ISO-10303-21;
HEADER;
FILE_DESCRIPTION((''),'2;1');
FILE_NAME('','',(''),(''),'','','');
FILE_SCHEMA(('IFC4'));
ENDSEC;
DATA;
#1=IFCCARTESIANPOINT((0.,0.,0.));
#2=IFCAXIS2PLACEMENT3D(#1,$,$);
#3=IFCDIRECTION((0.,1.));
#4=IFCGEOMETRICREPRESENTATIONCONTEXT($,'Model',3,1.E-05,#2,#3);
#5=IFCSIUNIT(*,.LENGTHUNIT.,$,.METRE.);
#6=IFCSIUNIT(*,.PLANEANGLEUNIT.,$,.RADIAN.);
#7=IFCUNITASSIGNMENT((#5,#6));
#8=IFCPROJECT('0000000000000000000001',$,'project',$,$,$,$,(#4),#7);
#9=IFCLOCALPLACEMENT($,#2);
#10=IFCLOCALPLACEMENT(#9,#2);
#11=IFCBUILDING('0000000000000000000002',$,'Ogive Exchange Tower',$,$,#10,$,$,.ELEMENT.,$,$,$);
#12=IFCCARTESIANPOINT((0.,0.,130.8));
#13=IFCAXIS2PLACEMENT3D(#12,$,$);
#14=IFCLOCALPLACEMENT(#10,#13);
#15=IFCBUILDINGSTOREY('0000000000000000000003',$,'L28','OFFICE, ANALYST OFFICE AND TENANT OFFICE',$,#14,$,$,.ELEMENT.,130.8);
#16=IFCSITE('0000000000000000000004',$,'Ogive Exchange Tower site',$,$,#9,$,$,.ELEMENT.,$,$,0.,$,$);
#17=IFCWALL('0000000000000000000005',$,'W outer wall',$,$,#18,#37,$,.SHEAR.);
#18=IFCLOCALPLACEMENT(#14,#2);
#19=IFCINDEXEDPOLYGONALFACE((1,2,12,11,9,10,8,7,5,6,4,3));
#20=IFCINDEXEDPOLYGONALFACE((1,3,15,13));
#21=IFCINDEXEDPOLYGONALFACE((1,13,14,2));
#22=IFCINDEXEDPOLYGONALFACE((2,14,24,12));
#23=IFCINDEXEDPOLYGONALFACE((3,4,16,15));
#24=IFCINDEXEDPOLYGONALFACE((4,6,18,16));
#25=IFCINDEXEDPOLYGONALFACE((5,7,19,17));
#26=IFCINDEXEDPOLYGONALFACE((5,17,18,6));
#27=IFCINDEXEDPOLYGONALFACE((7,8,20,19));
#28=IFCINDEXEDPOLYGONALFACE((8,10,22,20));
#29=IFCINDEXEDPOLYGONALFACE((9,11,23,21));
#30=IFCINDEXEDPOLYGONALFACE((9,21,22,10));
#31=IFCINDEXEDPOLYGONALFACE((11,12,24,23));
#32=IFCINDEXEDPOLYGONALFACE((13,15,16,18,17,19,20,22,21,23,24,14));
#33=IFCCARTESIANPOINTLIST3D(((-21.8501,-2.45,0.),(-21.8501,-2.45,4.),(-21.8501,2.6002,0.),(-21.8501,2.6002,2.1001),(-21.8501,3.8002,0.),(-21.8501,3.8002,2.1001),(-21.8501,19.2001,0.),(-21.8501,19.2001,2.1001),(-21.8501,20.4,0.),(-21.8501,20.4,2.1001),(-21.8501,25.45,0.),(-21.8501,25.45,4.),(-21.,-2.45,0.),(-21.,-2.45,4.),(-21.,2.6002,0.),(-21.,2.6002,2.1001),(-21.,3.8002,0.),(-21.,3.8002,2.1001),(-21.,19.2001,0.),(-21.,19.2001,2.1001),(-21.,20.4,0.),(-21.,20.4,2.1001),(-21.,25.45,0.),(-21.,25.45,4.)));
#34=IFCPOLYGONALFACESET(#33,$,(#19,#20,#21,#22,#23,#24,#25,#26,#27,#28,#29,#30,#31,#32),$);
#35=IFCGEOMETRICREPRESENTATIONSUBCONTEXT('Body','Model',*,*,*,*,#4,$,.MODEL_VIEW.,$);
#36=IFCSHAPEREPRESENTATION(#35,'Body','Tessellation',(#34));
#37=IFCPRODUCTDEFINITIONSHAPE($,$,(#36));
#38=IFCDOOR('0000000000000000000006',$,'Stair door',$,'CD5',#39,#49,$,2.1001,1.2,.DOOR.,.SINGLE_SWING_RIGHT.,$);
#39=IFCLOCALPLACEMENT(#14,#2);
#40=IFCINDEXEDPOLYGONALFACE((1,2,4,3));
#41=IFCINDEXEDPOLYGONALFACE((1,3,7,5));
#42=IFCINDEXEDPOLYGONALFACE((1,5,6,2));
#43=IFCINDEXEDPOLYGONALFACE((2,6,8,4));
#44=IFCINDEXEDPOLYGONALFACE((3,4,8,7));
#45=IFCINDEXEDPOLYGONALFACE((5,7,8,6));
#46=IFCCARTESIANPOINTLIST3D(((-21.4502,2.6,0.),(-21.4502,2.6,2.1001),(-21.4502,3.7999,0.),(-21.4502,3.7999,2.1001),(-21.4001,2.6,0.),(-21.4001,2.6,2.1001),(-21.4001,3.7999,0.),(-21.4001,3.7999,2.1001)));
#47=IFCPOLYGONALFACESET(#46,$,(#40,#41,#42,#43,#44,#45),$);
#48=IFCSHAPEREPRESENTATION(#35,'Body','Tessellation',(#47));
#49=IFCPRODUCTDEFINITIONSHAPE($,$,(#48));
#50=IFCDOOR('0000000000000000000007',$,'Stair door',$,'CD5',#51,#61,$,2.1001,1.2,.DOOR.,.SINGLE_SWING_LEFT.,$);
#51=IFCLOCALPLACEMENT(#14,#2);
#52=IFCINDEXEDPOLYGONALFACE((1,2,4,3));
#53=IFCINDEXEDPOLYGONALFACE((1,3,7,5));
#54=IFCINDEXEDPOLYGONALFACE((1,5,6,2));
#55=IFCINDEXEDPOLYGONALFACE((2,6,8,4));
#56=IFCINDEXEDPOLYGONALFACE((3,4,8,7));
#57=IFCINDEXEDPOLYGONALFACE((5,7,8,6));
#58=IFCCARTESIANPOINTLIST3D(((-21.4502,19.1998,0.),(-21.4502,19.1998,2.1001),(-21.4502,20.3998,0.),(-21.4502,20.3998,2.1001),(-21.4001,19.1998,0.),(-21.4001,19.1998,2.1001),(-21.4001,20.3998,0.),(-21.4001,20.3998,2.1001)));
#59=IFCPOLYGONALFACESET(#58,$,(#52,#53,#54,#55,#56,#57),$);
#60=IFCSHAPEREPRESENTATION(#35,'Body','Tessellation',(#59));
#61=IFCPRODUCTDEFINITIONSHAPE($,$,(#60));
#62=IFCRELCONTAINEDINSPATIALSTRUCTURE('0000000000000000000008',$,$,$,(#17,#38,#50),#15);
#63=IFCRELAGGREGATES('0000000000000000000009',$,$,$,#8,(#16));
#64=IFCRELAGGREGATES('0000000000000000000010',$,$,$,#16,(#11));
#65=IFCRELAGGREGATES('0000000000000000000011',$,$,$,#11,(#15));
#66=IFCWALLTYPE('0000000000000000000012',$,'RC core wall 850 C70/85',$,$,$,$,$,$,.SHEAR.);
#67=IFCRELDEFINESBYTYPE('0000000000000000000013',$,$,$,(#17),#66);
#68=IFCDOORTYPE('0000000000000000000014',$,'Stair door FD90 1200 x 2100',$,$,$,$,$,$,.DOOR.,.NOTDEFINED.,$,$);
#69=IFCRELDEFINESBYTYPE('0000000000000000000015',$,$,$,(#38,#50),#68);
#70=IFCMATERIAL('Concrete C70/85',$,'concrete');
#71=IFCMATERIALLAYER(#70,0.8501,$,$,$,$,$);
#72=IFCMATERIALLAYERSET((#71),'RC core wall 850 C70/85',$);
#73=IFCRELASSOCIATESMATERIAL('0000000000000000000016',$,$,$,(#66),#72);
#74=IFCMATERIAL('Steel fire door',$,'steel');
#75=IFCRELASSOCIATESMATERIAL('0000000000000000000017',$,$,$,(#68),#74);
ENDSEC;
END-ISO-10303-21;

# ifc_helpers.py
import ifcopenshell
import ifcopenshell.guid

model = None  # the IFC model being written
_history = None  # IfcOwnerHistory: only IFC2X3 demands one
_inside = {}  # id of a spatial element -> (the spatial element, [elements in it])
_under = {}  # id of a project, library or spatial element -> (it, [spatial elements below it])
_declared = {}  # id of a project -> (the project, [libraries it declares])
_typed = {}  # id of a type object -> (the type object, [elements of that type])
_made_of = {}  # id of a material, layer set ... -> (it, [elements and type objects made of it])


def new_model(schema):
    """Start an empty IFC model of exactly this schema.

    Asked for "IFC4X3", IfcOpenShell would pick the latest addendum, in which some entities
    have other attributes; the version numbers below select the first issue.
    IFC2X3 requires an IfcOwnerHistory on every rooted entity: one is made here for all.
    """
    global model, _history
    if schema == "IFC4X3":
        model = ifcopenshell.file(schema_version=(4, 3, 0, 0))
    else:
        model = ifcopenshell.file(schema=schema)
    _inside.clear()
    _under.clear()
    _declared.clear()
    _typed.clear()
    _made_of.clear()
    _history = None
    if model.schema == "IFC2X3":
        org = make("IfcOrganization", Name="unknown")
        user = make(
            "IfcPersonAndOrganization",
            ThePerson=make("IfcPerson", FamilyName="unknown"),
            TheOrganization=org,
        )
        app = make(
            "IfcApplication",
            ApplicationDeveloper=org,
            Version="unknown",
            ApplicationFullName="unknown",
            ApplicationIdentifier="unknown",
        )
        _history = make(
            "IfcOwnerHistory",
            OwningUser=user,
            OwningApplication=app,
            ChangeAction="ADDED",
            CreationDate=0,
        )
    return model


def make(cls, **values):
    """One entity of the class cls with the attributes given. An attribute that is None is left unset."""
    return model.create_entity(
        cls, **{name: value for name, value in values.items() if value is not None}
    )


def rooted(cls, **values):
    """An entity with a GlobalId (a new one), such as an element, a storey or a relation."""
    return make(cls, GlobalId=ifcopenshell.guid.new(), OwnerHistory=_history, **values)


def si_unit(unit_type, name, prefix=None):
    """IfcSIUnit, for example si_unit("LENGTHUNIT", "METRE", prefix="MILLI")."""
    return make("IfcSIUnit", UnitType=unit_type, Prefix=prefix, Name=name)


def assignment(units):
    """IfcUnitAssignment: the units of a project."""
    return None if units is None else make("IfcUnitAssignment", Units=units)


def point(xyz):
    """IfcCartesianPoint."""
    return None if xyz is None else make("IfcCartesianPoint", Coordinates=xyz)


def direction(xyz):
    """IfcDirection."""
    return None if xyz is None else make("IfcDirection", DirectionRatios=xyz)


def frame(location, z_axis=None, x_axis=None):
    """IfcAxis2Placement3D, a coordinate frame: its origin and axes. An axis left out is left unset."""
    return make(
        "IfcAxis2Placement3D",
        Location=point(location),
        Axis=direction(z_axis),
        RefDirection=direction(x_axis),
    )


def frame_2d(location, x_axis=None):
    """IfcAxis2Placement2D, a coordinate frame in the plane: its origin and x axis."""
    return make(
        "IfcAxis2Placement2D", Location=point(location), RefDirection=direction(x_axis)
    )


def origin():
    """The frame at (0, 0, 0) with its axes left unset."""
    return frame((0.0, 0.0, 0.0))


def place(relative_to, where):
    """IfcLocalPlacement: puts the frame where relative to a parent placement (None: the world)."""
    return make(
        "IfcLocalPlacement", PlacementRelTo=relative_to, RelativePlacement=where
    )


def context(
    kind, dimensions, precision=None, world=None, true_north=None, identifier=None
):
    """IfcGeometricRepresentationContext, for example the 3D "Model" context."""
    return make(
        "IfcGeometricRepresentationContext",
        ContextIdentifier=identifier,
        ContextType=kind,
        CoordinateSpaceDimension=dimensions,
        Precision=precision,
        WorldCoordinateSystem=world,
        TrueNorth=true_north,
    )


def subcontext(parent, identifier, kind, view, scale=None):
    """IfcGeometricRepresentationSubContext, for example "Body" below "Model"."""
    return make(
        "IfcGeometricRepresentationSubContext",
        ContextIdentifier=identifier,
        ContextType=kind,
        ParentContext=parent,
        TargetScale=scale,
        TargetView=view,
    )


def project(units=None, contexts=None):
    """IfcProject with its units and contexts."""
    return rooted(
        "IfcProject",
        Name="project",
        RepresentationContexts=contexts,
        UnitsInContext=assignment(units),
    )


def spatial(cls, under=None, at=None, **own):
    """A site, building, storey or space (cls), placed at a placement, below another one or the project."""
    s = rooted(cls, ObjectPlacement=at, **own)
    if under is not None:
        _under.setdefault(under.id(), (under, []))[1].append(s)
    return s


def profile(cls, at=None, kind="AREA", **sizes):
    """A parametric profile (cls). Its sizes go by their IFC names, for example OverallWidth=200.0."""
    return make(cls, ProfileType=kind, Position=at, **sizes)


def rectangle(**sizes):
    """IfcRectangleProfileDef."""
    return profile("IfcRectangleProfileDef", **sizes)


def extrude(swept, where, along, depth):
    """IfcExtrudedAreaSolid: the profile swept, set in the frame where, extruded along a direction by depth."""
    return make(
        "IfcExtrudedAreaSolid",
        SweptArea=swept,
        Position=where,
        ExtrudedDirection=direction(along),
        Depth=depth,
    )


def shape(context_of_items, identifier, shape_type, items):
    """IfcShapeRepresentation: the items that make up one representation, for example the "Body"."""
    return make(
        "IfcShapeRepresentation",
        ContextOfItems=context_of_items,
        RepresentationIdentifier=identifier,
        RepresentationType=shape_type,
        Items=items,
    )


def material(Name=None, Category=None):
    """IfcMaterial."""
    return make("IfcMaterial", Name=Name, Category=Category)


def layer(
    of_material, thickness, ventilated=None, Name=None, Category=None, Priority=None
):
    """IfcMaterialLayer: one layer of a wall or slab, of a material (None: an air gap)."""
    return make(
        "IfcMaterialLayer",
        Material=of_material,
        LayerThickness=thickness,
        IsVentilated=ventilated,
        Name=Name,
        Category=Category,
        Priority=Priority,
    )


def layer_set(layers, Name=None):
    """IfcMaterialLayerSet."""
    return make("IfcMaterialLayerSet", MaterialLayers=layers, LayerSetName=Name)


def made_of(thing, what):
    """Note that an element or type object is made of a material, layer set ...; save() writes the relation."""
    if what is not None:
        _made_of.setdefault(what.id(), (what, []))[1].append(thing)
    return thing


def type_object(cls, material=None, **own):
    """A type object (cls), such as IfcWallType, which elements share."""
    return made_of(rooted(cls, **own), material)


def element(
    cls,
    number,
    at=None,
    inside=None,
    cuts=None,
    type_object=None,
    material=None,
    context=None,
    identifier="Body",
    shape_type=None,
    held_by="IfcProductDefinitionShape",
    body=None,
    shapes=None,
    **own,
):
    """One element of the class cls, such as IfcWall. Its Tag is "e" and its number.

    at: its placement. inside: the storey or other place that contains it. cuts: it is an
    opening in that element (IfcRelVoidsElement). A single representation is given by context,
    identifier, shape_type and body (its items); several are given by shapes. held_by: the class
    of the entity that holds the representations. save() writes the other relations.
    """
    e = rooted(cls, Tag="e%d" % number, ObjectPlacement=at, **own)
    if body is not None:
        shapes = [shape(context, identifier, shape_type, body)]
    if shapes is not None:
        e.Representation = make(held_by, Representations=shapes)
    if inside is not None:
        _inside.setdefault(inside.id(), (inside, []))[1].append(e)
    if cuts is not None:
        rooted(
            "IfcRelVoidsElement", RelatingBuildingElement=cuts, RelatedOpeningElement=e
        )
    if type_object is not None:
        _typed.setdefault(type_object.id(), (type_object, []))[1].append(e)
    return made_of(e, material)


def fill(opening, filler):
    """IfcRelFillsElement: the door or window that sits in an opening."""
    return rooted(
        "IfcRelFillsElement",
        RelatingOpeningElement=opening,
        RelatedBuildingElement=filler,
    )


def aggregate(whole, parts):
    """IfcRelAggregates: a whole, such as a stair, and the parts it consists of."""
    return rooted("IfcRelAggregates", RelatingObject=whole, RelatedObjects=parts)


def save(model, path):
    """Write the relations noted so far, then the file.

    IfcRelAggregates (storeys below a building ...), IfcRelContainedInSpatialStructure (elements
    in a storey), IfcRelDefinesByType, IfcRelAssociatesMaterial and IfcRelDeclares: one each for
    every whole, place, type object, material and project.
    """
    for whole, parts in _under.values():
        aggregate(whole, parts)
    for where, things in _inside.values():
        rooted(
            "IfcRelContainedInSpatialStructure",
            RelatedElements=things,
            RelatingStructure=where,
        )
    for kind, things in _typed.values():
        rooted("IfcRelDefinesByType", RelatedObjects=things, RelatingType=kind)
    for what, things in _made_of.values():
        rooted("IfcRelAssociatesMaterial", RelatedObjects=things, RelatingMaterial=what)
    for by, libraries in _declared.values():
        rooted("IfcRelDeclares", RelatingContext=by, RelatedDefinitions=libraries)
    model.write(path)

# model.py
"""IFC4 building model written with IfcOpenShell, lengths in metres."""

from ifc_helpers import new_model, si_unit, direction, frame, frame_2d, origin, place, context, subcontext, project, spatial, rectangle, extrude, material, layer, layer_set, type_object, element, fill, save


model = new_model("IFC4")

# Units and contexts
model_context = context("Model", 3, precision=1e-05, world=origin(), true_north=direction((0.0, 1.0)))
body_context = subcontext(model_context, "Body", "Model", "MODEL_VIEW")
ifc_project = project(units=[si_unit("LENGTHUNIT", "METRE"), si_unit("PLANEANGLEUNIT", "RADIAN")], contexts=[model_context])

# Site, building, storey
site_placement = place(None, origin())
site = spatial("IfcSite", under=ifc_project, at=site_placement, Name="Ogive Exchange Tower site", CompositionType="ELEMENT", RefElevation=0.0)
building_placement = place(site_placement, origin())
building = spatial("IfcBuilding", under=site, at=building_placement, Name="Ogive Exchange Tower", CompositionType="ELEMENT")
storey_placement = place(building_placement, frame((0.0, 0.0, 130.8)))
storey = spatial("IfcBuildingStorey", under=building, at=storey_placement, Name="L28", Description="OFFICE, ANALYST OFFICE AND TENANT OFFICE", CompositionType="ELEMENT", Elevation=130.8)

# Shared definitions
ifc_material_1 = material(Name="Concrete C70/85", Category="concrete")

# Wall, openings, doors
ifc_layer_1 = layer(ifc_material_1, 0.8501)
ifc_layer_set_1 = layer_set([ifc_layer_1], Name="RC core wall 850 C70/85")
wall_type_1 = type_object("IfcWallType", Name="RC core wall 850 C70/85", PredefinedType="SHEAR", material=ifc_layer_set_1)
wall_1_placement = place(storey_placement, frame((-21.425, -2.45, 0.0), z_axis=(0.0, 0.0, 1.0), x_axis=(0.0, 1.0, 0.0)))
wall_1 = element("IfcWall", 1, at=wall_1_placement, inside=storey, type_object=wall_type_1, Name="W outer wall", PredefinedType="SHEAR", context=body_context, shape_type="SweptSolid", body=[
    extrude(rectangle(XDim=27.8999, YDim=0.8501, at=frame_2d((13.95, 0.0))), origin(), (0.0, 0.0, 1.0), 4.0),
])
opening_1_placement = place(wall_1_placement, frame((5.05, 0.0, 0.0)))
opening_1 = element("IfcOpeningElement", 2, at=opening_1_placement, cuts=wall_1, PredefinedType="OPENING", context=body_context, shape_type="SweptSolid", body=[
    extrude(rectangle(XDim=1.2, YDim=2.1001, at=frame_2d((0.6001, 1.05))), frame((0.0, 0.4351, 0.0), z_axis=(0.0, -1.0, 0.0), x_axis=(1.0, 0.0, 0.0)), (0.0, 0.0, 1.0), 0.8701),
])
opening_2_placement = place(wall_1_placement, frame((21.6499, 0.0, 0.0)))
opening_2 = element("IfcOpeningElement", 3, at=opening_2_placement, cuts=wall_1, PredefinedType="OPENING", context=body_context, shape_type="SweptSolid", body=[
    extrude(rectangle(XDim=1.2, YDim=2.1001, at=frame_2d((0.6001, 1.05))), frame((0.0, 0.4351, 0.0), z_axis=(0.0, -1.0, 0.0), x_axis=(1.0, 0.0, 0.0)), (0.0, 0.0, 1.0), 0.8701),
])
ifc_material_2 = material(Name="Steel fire door", Category="steel")
door_type_1 = type_object("IfcDoorType", Name="Stair door FD90 1200 x 2100", OperationType="NOTDEFINED", PredefinedType="DOOR", material=ifc_material_2)
door_1_placement = place(opening_1_placement, frame((1.2, 0.0, 0.0), z_axis=(0.0, 0.0, 1.0), x_axis=(-1.0, 0.0, 0.0)))
door_1 = element("IfcDoor", 4, at=door_1_placement, inside=storey, type_object=door_type_1, Name="Stair door", ObjectType="CD5", OperationType="SINGLE_SWING_RIGHT", OverallHeight=2.1001, OverallWidth=1.2, PredefinedType="DOOR", context=body_context, shape_type="SweptSolid", body=[
    extrude(rectangle(XDim=1.2, YDim=2.1001, at=frame_2d((0.6001, 1.05))), frame((0.0, 0.0249, 0.0), z_axis=(0.0, -1.0, 0.0), x_axis=(1.0, 0.0, 0.0)), (0.0, 0.0, 1.0), 0.05),
])
fill(opening_1, door_1)
door_2_placement = place(opening_2_placement, frame((1.2, 0.0, 0.0), z_axis=(0.0, 0.0, 1.0), x_axis=(-1.0, 0.0, 0.0)))
door_2 = element("IfcDoor", 5, at=door_2_placement, inside=storey, type_object=door_type_1, Name="Stair door", ObjectType="CD5", OperationType="SINGLE_SWING_LEFT", OverallHeight=2.1001, OverallWidth=1.2, PredefinedType="DOOR", context=body_context, shape_type="SweptSolid", body=[
    extrude(rectangle(XDim=1.2, YDim=2.1001, at=frame_2d((0.6001, 1.05))), frame((0.0, 0.0249, 0.0), z_axis=(0.0, -1.0, 0.0), x_axis=(1.0, 0.0, 0.0)), (0.0, 0.0, 1.0), 0.05),
])
fill(opening_2, door_2)

save(model, "model.ifc")
